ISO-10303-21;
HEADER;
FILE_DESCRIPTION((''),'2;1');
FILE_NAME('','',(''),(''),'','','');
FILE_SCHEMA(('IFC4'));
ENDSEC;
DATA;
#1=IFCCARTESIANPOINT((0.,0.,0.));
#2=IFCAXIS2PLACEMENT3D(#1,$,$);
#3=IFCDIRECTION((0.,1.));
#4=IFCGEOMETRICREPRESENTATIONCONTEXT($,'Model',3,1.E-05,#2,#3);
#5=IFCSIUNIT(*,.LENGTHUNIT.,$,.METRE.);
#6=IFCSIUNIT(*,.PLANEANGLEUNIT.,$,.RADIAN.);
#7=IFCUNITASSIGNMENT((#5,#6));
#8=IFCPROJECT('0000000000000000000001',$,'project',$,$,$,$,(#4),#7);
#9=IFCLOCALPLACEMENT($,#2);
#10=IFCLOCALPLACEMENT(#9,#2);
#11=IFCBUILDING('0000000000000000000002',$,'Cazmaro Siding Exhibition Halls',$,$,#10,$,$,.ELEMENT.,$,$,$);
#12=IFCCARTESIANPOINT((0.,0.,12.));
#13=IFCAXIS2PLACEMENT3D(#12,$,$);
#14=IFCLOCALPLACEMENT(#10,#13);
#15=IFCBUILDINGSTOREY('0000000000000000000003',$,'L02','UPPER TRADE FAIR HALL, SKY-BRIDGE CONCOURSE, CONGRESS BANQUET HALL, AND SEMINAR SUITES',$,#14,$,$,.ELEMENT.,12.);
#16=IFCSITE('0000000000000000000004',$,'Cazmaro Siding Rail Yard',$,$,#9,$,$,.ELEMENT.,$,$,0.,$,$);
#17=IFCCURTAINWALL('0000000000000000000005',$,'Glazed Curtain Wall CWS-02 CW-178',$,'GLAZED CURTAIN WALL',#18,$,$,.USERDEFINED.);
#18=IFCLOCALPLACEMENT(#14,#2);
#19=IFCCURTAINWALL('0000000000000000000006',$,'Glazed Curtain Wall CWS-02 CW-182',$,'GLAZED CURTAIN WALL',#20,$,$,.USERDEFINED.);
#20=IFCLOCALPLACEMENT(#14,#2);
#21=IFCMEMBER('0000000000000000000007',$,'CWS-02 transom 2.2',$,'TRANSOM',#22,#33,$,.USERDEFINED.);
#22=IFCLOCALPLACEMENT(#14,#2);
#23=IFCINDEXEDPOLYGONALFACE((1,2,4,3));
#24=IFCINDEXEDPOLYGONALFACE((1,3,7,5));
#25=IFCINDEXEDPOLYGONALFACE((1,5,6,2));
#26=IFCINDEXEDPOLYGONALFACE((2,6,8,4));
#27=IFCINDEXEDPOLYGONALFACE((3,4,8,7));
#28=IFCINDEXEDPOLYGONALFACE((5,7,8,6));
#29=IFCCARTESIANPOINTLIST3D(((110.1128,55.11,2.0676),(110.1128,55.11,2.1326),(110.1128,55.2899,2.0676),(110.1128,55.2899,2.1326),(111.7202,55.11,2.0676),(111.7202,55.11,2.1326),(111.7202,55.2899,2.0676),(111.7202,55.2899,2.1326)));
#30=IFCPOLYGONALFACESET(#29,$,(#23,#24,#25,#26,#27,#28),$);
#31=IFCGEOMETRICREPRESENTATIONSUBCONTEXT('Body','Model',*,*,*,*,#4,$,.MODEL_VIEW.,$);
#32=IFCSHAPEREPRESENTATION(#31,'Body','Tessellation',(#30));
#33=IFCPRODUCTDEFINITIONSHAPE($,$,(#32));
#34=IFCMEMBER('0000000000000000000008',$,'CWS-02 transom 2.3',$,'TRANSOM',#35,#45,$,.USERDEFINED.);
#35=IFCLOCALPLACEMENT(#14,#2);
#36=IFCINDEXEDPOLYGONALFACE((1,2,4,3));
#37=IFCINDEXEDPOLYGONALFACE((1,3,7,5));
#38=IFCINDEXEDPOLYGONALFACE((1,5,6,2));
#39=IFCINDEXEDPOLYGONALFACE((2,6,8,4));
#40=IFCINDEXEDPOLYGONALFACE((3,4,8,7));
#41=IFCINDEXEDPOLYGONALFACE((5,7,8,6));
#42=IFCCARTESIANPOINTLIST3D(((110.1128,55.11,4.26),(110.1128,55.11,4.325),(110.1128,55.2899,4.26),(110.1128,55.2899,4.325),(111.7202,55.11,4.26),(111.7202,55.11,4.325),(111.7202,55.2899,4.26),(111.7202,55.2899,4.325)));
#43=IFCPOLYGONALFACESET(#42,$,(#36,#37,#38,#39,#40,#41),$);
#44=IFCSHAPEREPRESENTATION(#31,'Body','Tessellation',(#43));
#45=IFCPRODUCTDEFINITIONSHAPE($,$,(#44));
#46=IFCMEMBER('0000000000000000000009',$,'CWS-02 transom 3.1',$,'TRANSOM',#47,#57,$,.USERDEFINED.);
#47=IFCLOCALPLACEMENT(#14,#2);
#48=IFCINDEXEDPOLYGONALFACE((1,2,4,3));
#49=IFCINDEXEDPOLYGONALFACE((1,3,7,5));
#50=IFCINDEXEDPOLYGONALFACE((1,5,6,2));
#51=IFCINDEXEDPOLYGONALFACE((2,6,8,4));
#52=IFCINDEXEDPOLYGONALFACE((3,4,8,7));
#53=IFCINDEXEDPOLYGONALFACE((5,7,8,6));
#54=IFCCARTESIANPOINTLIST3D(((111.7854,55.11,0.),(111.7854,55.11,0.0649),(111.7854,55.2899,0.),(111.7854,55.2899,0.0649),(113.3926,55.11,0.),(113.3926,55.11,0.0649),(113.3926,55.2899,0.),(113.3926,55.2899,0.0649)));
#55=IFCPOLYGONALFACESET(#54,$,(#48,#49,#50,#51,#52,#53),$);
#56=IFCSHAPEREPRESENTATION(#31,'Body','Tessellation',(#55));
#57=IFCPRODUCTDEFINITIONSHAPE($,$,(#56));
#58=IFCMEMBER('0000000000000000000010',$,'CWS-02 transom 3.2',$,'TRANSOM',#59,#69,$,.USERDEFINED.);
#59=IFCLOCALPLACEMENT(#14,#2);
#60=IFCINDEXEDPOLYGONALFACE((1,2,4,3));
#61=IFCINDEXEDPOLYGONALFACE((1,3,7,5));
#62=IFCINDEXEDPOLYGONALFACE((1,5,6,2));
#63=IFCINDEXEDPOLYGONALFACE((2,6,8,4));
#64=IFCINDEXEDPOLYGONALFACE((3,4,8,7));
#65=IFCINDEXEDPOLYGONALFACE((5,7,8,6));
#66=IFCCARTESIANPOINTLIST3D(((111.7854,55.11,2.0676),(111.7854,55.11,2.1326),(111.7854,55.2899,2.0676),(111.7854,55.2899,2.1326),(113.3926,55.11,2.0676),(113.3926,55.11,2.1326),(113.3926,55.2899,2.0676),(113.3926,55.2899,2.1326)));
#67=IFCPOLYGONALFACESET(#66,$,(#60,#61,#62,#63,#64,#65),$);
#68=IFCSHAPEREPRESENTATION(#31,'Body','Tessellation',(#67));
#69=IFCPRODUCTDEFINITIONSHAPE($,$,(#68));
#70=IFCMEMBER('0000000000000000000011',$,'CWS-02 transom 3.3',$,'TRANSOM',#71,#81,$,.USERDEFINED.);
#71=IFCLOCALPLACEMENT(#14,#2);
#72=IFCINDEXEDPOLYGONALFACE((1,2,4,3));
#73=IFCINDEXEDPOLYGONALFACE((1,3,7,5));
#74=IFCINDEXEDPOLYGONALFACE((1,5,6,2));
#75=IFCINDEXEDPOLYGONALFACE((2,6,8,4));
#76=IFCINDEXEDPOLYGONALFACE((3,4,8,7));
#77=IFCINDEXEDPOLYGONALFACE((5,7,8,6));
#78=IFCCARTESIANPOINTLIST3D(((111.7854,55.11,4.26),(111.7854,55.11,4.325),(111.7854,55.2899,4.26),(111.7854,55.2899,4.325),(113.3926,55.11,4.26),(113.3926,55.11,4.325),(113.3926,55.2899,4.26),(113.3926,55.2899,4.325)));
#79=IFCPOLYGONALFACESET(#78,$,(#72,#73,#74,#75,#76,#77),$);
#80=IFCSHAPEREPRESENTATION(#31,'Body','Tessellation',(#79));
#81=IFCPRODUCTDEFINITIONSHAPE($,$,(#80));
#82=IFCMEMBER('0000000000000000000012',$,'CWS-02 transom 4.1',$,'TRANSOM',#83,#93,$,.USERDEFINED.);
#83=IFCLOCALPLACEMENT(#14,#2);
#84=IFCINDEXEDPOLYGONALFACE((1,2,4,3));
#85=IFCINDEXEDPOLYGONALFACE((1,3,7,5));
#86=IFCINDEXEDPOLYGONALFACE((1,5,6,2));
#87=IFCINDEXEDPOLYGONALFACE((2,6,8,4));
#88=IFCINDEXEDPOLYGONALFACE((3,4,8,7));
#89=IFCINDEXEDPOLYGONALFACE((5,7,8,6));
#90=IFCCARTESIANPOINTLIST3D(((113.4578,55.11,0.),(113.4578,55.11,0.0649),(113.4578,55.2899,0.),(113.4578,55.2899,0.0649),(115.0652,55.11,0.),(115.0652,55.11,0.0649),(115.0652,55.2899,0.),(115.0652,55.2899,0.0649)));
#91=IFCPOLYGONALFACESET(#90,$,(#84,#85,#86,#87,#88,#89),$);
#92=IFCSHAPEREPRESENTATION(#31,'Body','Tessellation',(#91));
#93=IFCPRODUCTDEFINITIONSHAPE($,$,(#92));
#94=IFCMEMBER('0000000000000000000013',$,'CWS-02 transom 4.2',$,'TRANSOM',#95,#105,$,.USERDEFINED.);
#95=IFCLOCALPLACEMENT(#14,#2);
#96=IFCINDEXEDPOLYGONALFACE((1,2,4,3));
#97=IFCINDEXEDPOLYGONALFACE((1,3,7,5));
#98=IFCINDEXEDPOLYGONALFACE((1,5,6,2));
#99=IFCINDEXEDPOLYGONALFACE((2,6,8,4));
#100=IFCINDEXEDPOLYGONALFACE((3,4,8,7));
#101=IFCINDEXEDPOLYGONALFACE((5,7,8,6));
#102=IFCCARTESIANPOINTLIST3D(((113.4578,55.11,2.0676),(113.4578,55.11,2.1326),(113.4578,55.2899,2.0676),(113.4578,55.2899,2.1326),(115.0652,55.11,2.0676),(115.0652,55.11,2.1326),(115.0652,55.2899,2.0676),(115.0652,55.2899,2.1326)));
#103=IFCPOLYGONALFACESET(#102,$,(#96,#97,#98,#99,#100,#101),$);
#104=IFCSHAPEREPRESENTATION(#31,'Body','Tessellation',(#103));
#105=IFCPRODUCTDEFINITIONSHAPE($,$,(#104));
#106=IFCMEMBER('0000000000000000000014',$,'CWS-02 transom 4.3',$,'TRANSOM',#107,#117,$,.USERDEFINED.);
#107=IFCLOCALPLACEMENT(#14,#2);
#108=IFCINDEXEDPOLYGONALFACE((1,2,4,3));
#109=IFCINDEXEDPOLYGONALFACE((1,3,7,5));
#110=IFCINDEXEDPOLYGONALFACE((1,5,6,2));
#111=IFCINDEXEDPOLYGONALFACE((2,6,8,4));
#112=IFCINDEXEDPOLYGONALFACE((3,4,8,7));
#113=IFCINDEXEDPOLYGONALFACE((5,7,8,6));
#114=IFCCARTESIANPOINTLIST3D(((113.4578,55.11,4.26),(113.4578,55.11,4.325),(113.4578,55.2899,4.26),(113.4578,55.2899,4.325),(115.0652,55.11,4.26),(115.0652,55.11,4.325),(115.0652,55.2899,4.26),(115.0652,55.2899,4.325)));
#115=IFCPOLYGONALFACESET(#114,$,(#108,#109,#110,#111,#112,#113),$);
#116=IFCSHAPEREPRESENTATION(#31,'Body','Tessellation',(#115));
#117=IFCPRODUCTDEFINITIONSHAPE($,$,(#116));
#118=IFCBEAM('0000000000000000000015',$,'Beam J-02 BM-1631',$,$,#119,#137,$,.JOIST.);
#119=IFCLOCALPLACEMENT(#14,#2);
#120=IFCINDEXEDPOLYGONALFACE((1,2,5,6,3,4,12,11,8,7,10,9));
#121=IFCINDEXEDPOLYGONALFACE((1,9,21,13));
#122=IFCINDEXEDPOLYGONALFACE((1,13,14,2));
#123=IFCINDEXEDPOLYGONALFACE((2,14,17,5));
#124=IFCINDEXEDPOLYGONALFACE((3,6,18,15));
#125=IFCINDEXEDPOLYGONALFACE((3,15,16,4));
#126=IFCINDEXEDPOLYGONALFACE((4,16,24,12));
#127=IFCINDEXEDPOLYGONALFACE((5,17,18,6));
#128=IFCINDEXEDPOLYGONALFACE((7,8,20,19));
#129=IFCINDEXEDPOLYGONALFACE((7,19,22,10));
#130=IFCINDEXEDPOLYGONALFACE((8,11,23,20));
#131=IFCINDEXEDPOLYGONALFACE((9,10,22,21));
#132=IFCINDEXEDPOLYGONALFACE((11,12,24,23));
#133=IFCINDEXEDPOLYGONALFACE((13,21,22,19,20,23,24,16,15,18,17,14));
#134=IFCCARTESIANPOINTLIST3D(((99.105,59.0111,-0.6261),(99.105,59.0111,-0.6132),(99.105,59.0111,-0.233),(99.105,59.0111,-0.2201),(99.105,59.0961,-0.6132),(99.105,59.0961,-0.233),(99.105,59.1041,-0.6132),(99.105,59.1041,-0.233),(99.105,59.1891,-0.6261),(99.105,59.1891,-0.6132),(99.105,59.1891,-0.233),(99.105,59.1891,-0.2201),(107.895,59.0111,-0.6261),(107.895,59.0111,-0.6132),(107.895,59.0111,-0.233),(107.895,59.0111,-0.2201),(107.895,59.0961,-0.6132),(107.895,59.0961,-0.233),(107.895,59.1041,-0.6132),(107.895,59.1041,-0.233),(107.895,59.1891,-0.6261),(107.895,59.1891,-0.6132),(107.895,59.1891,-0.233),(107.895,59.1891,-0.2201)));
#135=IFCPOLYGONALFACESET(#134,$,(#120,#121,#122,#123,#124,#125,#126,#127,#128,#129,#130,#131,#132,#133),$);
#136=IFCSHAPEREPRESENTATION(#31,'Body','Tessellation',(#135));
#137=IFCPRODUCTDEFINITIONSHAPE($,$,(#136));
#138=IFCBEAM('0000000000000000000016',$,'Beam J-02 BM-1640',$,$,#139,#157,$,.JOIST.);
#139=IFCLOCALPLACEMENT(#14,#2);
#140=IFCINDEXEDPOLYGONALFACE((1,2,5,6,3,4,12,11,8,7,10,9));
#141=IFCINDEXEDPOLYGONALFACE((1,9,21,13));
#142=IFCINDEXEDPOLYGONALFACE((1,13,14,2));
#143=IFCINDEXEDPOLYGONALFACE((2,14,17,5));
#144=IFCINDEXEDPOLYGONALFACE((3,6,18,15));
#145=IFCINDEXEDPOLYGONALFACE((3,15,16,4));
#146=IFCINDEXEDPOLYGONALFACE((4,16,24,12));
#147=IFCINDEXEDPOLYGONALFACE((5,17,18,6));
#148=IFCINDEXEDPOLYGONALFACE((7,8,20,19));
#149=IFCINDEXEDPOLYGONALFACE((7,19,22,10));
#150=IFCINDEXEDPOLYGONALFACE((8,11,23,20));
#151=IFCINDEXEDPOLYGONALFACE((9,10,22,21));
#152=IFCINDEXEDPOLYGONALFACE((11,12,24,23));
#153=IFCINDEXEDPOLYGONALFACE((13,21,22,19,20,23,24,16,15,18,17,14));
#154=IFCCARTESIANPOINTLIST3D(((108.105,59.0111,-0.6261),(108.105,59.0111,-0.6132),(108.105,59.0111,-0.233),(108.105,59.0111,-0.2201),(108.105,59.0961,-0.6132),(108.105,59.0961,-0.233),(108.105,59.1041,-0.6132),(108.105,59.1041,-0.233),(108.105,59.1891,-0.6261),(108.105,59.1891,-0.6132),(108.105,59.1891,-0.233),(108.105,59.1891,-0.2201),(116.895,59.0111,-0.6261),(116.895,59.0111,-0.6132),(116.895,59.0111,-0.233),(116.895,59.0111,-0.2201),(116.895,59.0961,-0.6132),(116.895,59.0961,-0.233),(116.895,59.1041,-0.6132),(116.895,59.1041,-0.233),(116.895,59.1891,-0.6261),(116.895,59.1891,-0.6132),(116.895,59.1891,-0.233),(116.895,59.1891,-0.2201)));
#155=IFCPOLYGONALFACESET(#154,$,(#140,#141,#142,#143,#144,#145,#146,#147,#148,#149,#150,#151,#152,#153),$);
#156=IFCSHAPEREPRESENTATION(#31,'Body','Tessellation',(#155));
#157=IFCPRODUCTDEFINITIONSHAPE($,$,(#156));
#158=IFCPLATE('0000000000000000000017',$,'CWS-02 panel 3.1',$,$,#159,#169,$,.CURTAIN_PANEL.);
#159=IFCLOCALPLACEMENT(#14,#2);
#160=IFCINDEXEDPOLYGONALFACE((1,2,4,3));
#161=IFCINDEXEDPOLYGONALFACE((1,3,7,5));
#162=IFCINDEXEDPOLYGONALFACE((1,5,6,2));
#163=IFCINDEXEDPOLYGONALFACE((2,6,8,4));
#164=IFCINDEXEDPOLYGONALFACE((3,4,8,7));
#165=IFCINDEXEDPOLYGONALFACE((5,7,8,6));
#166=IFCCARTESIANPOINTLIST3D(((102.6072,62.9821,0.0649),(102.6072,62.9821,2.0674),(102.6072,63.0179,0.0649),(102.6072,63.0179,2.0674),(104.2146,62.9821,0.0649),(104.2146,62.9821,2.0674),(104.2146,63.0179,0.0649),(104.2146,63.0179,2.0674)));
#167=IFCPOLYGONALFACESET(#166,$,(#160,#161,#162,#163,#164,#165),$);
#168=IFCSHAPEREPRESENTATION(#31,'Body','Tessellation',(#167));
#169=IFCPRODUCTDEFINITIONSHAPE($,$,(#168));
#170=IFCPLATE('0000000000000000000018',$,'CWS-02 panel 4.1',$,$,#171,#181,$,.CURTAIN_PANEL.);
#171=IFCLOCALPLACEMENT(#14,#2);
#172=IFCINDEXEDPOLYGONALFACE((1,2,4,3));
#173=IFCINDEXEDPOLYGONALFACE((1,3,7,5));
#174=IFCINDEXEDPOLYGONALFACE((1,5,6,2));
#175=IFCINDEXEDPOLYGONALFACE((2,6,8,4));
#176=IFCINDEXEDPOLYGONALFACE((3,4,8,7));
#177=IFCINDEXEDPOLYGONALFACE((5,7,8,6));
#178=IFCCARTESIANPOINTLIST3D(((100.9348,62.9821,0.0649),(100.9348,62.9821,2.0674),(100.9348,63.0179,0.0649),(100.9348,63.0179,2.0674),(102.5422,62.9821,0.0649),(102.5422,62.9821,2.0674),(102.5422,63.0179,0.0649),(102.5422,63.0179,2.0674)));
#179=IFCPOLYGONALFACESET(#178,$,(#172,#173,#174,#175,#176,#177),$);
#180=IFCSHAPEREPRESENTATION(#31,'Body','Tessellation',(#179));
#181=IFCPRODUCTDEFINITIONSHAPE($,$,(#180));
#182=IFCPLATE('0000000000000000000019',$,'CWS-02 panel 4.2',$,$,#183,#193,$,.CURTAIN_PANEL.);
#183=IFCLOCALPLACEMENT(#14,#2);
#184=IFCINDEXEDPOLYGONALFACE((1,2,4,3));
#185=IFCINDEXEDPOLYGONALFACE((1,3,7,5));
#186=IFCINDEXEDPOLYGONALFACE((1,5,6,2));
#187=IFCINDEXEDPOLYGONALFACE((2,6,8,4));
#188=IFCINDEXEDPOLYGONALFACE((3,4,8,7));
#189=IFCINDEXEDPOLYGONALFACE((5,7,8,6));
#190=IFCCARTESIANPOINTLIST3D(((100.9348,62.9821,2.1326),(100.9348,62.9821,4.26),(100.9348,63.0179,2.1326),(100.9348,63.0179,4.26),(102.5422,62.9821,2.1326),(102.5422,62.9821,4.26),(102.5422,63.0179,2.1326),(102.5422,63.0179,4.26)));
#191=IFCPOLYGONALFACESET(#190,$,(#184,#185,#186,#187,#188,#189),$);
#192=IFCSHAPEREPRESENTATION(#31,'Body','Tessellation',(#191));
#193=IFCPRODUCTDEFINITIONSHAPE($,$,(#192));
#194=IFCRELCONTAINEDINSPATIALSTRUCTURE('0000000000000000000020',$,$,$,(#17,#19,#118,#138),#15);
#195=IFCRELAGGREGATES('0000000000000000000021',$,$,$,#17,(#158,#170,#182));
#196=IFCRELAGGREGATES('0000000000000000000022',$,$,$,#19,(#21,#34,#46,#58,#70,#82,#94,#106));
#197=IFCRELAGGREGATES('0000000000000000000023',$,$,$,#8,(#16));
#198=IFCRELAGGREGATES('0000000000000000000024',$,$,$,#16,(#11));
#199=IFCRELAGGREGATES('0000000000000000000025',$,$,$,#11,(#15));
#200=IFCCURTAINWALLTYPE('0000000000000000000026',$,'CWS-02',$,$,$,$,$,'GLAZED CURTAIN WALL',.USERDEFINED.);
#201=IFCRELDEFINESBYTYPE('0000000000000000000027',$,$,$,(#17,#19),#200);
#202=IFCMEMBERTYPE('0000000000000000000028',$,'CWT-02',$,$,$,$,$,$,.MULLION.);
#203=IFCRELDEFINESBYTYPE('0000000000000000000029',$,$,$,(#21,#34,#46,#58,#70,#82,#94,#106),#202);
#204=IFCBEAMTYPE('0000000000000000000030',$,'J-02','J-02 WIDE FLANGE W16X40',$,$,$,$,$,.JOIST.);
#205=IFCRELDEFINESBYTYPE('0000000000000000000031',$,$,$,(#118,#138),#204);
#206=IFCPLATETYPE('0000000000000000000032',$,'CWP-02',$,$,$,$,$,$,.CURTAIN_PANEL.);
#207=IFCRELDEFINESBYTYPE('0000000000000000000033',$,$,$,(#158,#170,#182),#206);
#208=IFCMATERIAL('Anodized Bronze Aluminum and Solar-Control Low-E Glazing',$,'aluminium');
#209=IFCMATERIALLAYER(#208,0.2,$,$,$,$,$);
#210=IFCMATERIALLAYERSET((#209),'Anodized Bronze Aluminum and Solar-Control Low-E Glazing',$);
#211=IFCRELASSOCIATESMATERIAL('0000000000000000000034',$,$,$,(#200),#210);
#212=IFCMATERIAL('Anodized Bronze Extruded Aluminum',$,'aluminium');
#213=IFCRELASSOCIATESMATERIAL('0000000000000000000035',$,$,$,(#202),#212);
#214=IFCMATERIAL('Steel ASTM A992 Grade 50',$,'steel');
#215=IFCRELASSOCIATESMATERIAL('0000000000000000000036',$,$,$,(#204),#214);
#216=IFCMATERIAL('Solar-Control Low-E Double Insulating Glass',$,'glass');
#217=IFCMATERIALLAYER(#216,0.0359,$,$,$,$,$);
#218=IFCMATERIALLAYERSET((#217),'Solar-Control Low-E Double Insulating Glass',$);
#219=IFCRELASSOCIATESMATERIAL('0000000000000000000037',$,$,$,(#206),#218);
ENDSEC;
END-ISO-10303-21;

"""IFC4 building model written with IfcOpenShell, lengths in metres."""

from ifc_helpers import new_model, si_unit, direction, frame, origin, origin_2d, place, context, subcontext, project, spatial, rectangle, i_section, extrude, material, layer, layer_set, material_profile, profile_set, type_object, element, aggregate, save


model = new_model("IFC4")

# Units and contexts
model_context = context("Model", 3, precision=1e-05, world=origin(), true_north=direction((0.0, 1.0)))
body_context = subcontext(model_context, "Body", "Model", "MODEL_VIEW")
ifc_project = project(units=[si_unit("LENGTHUNIT", "METRE"), si_unit("PLANEANGLEUNIT", "RADIAN")], contexts=[model_context])

# Site, building, storey
site_placement = place(None, origin())
site = spatial("IfcSite", under=ifc_project, at=site_placement, Name="Cazmaro Siding Rail Yard", CompositionType="ELEMENT", RefElevation=0.0)
building_placement = place(site_placement, origin())
building = spatial("IfcBuilding", under=site, at=building_placement, Name="Cazmaro Siding Exhibition Halls", CompositionType="ELEMENT")
storey_placement = place(building_placement, frame((0.0, 0.0, 12.0)))
storey = spatial("IfcBuildingStorey", under=building, at=storey_placement, Name="L02", Description="UPPER TRADE FAIR HALL, SKY-BRIDGE CONCOURSE, CONGRESS BANQUET HALL, AND SEMINAR SUITES", CompositionType="ELEMENT", Elevation=12.0)

# Curtain walls
ifc_material_1 = material(Name="Anodized Bronze Aluminum and Solar-Control Low-E Glazing", Category="aluminium")
ifc_layer_1 = layer(ifc_material_1, 0.2)
ifc_layer_set_1 = layer_set([ifc_layer_1], Name="Anodized Bronze Aluminum and Solar-Control Low-E Glazing")
curtain_wall_type = type_object("IfcCurtainWallType", Name="CWS-02", ElementType="GLAZED CURTAIN WALL", PredefinedType="USERDEFINED", material=ifc_layer_set_1)
curtain_wall_1_placement = place(storey_placement, origin())
curtain_wall_1 = element("IfcCurtainWall", 1, at=curtain_wall_1_placement, inside=storey, type_object=curtain_wall_type, Name="Glazed Curtain Wall CWS-02 CW-178", ObjectType="GLAZED CURTAIN WALL", PredefinedType="USERDEFINED")
curtain_wall_2_placement = place(storey_placement, origin())
curtain_wall_2 = element("IfcCurtainWall", 2, at=curtain_wall_2_placement, inside=storey, type_object=curtain_wall_type, Name="Glazed Curtain Wall CWS-02 CW-182", ObjectType="GLAZED CURTAIN WALL", PredefinedType="USERDEFINED")

# Members
ifc_material_2 = material(Name="Anodized Bronze Extruded Aluminum", Category="aluminium")
ifc_material_profile_1 = material_profile(ifc_material_2, rectangle(XDim=0.1799, YDim=0.0649, at=origin_2d()), Name="CWT-02")
ifc_profile_set_1 = profile_set([ifc_material_profile_1], Name="Anodized Bronze Extruded Aluminum")
member_type_1 = type_object("IfcMemberType", Name="CWT-02", PredefinedType="MULLION", material=ifc_profile_set_1)
member_1_placement = place(storey_placement, frame((110.1128, 55.2, 2.1001), z_axis=(1.0, 0.0, 0.0), x_axis=(0.0, 1.0, 0.0)))
member_1 = element("IfcMember", 3, at=member_1_placement, type_object=member_type_1, Name="CWS-02 transom 2.2", ObjectType="TRANSOM", PredefinedType="USERDEFINED", context=body_context, shape_type="SweptSolid", body=[
    extrude(rectangle(XDim=0.1799, YDim=0.0649, at=origin_2d()), origin(), (0.0, 0.0, 1.0), 1.6074),
])
member_2_placement = place(storey_placement, frame((110.1128, 55.2, 4.2925), z_axis=(1.0, 0.0, 0.0), x_axis=(0.0, 1.0, 0.0)))
member_2 = element("IfcMember", 4, at=member_2_placement, type_object=member_type_1, Name="CWS-02 transom 2.3", ObjectType="TRANSOM", PredefinedType="USERDEFINED", context=body_context, shape_type="SweptSolid", body=[
    extrude(rectangle(XDim=0.1799, YDim=0.0649, at=origin_2d()), origin(), (0.0, 0.0, 1.0), 1.6074),
])
member_3_placement = place(storey_placement, frame((111.7854, 55.2, 0.0325), z_axis=(1.0, 0.0, 0.0), x_axis=(0.0, 1.0, 0.0)))
member_3 = element("IfcMember", 5, at=member_3_placement, type_object=member_type_1, Name="CWS-02 transom 3.1", ObjectType="TRANSOM", PredefinedType="USERDEFINED", context=body_context, shape_type="SweptSolid", body=[
    extrude(rectangle(XDim=0.1799, YDim=0.0649, at=origin_2d()), origin(), (0.0, 0.0, 1.0), 1.6072),
])
member_4_placement = place(storey_placement, frame((111.7854, 55.2, 2.1001), z_axis=(1.0, 0.0, 0.0), x_axis=(0.0, 1.0, 0.0)))
member_4 = element("IfcMember", 6, at=member_4_placement, type_object=member_type_1, Name="CWS-02 transom 3.2", ObjectType="TRANSOM", PredefinedType="USERDEFINED", context=body_context, shape_type="SweptSolid", body=[
    extrude(rectangle(XDim=0.1799, YDim=0.0649, at=origin_2d()), origin(), (0.0, 0.0, 1.0), 1.6072),
])
member_5_placement = place(storey_placement, frame((111.7854, 55.2, 4.2925), z_axis=(1.0, 0.0, 0.0), x_axis=(0.0, 1.0, 0.0)))
member_5 = element("IfcMember", 7, at=member_5_placement, type_object=member_type_1, Name="CWS-02 transom 3.3", ObjectType="TRANSOM", PredefinedType="USERDEFINED", context=body_context, shape_type="SweptSolid", body=[
    extrude(rectangle(XDim=0.1799, YDim=0.0649, at=origin_2d()), origin(), (0.0, 0.0, 1.0), 1.6072),
])
member_6_placement = place(storey_placement, frame((113.4578, 55.2, 0.0325), z_axis=(1.0, 0.0, 0.0), x_axis=(0.0, 1.0, 0.0)))
member_6 = element("IfcMember", 8, at=member_6_placement, type_object=member_type_1, Name="CWS-02 transom 4.1", ObjectType="TRANSOM", PredefinedType="USERDEFINED", context=body_context, shape_type="SweptSolid", body=[
    extrude(rectangle(XDim=0.1799, YDim=0.0649, at=origin_2d()), origin(), (0.0, 0.0, 1.0), 1.6074),
])
member_7_placement = place(storey_placement, frame((113.4578, 55.2, 2.1001), z_axis=(1.0, 0.0, 0.0), x_axis=(0.0, 1.0, 0.0)))
member_7 = element("IfcMember", 9, at=member_7_placement, type_object=member_type_1, Name="CWS-02 transom 4.2", ObjectType="TRANSOM", PredefinedType="USERDEFINED", context=body_context, shape_type="SweptSolid", body=[
    extrude(rectangle(XDim=0.1799, YDim=0.0649, at=origin_2d()), origin(), (0.0, 0.0, 1.0), 1.6074),
])
member_8_placement = place(storey_placement, frame((113.4578, 55.2, 4.2925), z_axis=(1.0, 0.0, 0.0), x_axis=(0.0, 1.0, 0.0)))
member_8 = element("IfcMember", 10, at=member_8_placement, type_object=member_type_1, Name="CWS-02 transom 4.3", ObjectType="TRANSOM", PredefinedType="USERDEFINED", context=body_context, shape_type="SweptSolid", body=[
    extrude(rectangle(XDim=0.1799, YDim=0.0649, at=origin_2d()), origin(), (0.0, 0.0, 1.0), 1.6074),
])

# Beams
ifc_material_3 = material(Name="Steel ASTM A992 Grade 50", Category="steel")
ifc_material_profile_2 = material_profile(ifc_material_3, i_section(OverallWidth=0.178, OverallDepth=0.406, WebThickness=0.0081, FlangeThickness=0.0129, at=origin_2d()), Name="W16X40")
ifc_profile_set_2 = profile_set([ifc_material_profile_2], Name="Steel ASTM A992 Grade 50")
beam_type = type_object("IfcBeamType", Name="J-02", Description="J-02 WIDE FLANGE W16X40", PredefinedType="JOIST", material=ifc_profile_set_2)
for number, where, z_axis, x_axis, name in (
    (11, (99.105, 59.1001, -0.4231), (1.0, 0.0, 0.0), (0.0, 1.0, 0.0), "Beam J-02 BM-1631"),
    (12, (108.105, 59.1001, -0.4231), (1.0, 0.0, 0.0), (0.0, 1.0, 0.0), "Beam J-02 BM-1640"),
):
    element("IfcBeam", number, at=place(storey_placement, frame(where, z_axis=z_axis, x_axis=x_axis)), inside=storey, type_object=beam_type, Name=name, PredefinedType="JOIST", context=body_context, shape_type="SweptSolid", body=[
        extrude(i_section(OverallWidth=0.178, OverallDepth=0.406, WebThickness=0.0081, FlangeThickness=0.0129, at=origin_2d()), origin(), (0.0, 0.0, 1.0), 8.79),
    ])

# Plates
ifc_material_4 = material(Name="Solar-Control Low-E Double Insulating Glass", Category="glass")
ifc_layer_2 = layer(ifc_material_4, 0.0359)
ifc_layer_set_2 = layer_set([ifc_layer_2], Name="Solar-Control Low-E Double Insulating Glass")
plate_type = type_object("IfcPlateType", Name="CWP-02", PredefinedType="CURTAIN_PANEL", material=ifc_layer_set_2)
plate_1_placement = place(storey_placement, frame((103.4109, 63.0, 0.0649), z_axis=(0.0, 0.0, 1.0), x_axis=(-1.0, 0.0, 0.0)))
plate_1 = element("IfcPlate", 13, at=plate_1_placement, type_object=plate_type, Name="CWS-02 panel 3.1", PredefinedType="CURTAIN_PANEL", context=body_context, shape_type="SweptSolid", body=[
    extrude(rectangle(XDim=1.6074, YDim=0.0359, at=origin_2d()), origin(), (0.0, 0.0, 1.0), 2.0024),
])
plate_2_placement = place(storey_placement, frame((101.7385, 63.0, 0.0649), z_axis=(0.0, 0.0, 1.0), x_axis=(-1.0, 0.0, 0.0)))
plate_2 = element("IfcPlate", 14, at=plate_2_placement, type_object=plate_type, Name="CWS-02 panel 4.1", PredefinedType="CURTAIN_PANEL", context=body_context, shape_type="SweptSolid", body=[
    extrude(rectangle(XDim=1.6074, YDim=0.0359, at=origin_2d()), origin(), (0.0, 0.0, 1.0), 2.0024),
])
plate_3_placement = place(storey_placement, frame((101.7385, 63.0, 2.1326), z_axis=(0.0, 0.0, 1.0), x_axis=(-1.0, 0.0, 0.0)))
plate_3 = element("IfcPlate", 15, at=plate_3_placement, type_object=plate_type, Name="CWS-02 panel 4.2", PredefinedType="CURTAIN_PANEL", context=body_context, shape_type="SweptSolid", body=[
    extrude(rectangle(XDim=1.6074, YDim=0.0359, at=origin_2d()), origin(), (0.0, 0.0, 1.0), 2.1274),
])
aggregate(curtain_wall_1, [plate_1, plate_2, plate_3])
aggregate(curtain_wall_2, [member_1, member_2, member_3, member_4, member_5, member_6, member_7, member_8])

save(model, "model.ifc")
